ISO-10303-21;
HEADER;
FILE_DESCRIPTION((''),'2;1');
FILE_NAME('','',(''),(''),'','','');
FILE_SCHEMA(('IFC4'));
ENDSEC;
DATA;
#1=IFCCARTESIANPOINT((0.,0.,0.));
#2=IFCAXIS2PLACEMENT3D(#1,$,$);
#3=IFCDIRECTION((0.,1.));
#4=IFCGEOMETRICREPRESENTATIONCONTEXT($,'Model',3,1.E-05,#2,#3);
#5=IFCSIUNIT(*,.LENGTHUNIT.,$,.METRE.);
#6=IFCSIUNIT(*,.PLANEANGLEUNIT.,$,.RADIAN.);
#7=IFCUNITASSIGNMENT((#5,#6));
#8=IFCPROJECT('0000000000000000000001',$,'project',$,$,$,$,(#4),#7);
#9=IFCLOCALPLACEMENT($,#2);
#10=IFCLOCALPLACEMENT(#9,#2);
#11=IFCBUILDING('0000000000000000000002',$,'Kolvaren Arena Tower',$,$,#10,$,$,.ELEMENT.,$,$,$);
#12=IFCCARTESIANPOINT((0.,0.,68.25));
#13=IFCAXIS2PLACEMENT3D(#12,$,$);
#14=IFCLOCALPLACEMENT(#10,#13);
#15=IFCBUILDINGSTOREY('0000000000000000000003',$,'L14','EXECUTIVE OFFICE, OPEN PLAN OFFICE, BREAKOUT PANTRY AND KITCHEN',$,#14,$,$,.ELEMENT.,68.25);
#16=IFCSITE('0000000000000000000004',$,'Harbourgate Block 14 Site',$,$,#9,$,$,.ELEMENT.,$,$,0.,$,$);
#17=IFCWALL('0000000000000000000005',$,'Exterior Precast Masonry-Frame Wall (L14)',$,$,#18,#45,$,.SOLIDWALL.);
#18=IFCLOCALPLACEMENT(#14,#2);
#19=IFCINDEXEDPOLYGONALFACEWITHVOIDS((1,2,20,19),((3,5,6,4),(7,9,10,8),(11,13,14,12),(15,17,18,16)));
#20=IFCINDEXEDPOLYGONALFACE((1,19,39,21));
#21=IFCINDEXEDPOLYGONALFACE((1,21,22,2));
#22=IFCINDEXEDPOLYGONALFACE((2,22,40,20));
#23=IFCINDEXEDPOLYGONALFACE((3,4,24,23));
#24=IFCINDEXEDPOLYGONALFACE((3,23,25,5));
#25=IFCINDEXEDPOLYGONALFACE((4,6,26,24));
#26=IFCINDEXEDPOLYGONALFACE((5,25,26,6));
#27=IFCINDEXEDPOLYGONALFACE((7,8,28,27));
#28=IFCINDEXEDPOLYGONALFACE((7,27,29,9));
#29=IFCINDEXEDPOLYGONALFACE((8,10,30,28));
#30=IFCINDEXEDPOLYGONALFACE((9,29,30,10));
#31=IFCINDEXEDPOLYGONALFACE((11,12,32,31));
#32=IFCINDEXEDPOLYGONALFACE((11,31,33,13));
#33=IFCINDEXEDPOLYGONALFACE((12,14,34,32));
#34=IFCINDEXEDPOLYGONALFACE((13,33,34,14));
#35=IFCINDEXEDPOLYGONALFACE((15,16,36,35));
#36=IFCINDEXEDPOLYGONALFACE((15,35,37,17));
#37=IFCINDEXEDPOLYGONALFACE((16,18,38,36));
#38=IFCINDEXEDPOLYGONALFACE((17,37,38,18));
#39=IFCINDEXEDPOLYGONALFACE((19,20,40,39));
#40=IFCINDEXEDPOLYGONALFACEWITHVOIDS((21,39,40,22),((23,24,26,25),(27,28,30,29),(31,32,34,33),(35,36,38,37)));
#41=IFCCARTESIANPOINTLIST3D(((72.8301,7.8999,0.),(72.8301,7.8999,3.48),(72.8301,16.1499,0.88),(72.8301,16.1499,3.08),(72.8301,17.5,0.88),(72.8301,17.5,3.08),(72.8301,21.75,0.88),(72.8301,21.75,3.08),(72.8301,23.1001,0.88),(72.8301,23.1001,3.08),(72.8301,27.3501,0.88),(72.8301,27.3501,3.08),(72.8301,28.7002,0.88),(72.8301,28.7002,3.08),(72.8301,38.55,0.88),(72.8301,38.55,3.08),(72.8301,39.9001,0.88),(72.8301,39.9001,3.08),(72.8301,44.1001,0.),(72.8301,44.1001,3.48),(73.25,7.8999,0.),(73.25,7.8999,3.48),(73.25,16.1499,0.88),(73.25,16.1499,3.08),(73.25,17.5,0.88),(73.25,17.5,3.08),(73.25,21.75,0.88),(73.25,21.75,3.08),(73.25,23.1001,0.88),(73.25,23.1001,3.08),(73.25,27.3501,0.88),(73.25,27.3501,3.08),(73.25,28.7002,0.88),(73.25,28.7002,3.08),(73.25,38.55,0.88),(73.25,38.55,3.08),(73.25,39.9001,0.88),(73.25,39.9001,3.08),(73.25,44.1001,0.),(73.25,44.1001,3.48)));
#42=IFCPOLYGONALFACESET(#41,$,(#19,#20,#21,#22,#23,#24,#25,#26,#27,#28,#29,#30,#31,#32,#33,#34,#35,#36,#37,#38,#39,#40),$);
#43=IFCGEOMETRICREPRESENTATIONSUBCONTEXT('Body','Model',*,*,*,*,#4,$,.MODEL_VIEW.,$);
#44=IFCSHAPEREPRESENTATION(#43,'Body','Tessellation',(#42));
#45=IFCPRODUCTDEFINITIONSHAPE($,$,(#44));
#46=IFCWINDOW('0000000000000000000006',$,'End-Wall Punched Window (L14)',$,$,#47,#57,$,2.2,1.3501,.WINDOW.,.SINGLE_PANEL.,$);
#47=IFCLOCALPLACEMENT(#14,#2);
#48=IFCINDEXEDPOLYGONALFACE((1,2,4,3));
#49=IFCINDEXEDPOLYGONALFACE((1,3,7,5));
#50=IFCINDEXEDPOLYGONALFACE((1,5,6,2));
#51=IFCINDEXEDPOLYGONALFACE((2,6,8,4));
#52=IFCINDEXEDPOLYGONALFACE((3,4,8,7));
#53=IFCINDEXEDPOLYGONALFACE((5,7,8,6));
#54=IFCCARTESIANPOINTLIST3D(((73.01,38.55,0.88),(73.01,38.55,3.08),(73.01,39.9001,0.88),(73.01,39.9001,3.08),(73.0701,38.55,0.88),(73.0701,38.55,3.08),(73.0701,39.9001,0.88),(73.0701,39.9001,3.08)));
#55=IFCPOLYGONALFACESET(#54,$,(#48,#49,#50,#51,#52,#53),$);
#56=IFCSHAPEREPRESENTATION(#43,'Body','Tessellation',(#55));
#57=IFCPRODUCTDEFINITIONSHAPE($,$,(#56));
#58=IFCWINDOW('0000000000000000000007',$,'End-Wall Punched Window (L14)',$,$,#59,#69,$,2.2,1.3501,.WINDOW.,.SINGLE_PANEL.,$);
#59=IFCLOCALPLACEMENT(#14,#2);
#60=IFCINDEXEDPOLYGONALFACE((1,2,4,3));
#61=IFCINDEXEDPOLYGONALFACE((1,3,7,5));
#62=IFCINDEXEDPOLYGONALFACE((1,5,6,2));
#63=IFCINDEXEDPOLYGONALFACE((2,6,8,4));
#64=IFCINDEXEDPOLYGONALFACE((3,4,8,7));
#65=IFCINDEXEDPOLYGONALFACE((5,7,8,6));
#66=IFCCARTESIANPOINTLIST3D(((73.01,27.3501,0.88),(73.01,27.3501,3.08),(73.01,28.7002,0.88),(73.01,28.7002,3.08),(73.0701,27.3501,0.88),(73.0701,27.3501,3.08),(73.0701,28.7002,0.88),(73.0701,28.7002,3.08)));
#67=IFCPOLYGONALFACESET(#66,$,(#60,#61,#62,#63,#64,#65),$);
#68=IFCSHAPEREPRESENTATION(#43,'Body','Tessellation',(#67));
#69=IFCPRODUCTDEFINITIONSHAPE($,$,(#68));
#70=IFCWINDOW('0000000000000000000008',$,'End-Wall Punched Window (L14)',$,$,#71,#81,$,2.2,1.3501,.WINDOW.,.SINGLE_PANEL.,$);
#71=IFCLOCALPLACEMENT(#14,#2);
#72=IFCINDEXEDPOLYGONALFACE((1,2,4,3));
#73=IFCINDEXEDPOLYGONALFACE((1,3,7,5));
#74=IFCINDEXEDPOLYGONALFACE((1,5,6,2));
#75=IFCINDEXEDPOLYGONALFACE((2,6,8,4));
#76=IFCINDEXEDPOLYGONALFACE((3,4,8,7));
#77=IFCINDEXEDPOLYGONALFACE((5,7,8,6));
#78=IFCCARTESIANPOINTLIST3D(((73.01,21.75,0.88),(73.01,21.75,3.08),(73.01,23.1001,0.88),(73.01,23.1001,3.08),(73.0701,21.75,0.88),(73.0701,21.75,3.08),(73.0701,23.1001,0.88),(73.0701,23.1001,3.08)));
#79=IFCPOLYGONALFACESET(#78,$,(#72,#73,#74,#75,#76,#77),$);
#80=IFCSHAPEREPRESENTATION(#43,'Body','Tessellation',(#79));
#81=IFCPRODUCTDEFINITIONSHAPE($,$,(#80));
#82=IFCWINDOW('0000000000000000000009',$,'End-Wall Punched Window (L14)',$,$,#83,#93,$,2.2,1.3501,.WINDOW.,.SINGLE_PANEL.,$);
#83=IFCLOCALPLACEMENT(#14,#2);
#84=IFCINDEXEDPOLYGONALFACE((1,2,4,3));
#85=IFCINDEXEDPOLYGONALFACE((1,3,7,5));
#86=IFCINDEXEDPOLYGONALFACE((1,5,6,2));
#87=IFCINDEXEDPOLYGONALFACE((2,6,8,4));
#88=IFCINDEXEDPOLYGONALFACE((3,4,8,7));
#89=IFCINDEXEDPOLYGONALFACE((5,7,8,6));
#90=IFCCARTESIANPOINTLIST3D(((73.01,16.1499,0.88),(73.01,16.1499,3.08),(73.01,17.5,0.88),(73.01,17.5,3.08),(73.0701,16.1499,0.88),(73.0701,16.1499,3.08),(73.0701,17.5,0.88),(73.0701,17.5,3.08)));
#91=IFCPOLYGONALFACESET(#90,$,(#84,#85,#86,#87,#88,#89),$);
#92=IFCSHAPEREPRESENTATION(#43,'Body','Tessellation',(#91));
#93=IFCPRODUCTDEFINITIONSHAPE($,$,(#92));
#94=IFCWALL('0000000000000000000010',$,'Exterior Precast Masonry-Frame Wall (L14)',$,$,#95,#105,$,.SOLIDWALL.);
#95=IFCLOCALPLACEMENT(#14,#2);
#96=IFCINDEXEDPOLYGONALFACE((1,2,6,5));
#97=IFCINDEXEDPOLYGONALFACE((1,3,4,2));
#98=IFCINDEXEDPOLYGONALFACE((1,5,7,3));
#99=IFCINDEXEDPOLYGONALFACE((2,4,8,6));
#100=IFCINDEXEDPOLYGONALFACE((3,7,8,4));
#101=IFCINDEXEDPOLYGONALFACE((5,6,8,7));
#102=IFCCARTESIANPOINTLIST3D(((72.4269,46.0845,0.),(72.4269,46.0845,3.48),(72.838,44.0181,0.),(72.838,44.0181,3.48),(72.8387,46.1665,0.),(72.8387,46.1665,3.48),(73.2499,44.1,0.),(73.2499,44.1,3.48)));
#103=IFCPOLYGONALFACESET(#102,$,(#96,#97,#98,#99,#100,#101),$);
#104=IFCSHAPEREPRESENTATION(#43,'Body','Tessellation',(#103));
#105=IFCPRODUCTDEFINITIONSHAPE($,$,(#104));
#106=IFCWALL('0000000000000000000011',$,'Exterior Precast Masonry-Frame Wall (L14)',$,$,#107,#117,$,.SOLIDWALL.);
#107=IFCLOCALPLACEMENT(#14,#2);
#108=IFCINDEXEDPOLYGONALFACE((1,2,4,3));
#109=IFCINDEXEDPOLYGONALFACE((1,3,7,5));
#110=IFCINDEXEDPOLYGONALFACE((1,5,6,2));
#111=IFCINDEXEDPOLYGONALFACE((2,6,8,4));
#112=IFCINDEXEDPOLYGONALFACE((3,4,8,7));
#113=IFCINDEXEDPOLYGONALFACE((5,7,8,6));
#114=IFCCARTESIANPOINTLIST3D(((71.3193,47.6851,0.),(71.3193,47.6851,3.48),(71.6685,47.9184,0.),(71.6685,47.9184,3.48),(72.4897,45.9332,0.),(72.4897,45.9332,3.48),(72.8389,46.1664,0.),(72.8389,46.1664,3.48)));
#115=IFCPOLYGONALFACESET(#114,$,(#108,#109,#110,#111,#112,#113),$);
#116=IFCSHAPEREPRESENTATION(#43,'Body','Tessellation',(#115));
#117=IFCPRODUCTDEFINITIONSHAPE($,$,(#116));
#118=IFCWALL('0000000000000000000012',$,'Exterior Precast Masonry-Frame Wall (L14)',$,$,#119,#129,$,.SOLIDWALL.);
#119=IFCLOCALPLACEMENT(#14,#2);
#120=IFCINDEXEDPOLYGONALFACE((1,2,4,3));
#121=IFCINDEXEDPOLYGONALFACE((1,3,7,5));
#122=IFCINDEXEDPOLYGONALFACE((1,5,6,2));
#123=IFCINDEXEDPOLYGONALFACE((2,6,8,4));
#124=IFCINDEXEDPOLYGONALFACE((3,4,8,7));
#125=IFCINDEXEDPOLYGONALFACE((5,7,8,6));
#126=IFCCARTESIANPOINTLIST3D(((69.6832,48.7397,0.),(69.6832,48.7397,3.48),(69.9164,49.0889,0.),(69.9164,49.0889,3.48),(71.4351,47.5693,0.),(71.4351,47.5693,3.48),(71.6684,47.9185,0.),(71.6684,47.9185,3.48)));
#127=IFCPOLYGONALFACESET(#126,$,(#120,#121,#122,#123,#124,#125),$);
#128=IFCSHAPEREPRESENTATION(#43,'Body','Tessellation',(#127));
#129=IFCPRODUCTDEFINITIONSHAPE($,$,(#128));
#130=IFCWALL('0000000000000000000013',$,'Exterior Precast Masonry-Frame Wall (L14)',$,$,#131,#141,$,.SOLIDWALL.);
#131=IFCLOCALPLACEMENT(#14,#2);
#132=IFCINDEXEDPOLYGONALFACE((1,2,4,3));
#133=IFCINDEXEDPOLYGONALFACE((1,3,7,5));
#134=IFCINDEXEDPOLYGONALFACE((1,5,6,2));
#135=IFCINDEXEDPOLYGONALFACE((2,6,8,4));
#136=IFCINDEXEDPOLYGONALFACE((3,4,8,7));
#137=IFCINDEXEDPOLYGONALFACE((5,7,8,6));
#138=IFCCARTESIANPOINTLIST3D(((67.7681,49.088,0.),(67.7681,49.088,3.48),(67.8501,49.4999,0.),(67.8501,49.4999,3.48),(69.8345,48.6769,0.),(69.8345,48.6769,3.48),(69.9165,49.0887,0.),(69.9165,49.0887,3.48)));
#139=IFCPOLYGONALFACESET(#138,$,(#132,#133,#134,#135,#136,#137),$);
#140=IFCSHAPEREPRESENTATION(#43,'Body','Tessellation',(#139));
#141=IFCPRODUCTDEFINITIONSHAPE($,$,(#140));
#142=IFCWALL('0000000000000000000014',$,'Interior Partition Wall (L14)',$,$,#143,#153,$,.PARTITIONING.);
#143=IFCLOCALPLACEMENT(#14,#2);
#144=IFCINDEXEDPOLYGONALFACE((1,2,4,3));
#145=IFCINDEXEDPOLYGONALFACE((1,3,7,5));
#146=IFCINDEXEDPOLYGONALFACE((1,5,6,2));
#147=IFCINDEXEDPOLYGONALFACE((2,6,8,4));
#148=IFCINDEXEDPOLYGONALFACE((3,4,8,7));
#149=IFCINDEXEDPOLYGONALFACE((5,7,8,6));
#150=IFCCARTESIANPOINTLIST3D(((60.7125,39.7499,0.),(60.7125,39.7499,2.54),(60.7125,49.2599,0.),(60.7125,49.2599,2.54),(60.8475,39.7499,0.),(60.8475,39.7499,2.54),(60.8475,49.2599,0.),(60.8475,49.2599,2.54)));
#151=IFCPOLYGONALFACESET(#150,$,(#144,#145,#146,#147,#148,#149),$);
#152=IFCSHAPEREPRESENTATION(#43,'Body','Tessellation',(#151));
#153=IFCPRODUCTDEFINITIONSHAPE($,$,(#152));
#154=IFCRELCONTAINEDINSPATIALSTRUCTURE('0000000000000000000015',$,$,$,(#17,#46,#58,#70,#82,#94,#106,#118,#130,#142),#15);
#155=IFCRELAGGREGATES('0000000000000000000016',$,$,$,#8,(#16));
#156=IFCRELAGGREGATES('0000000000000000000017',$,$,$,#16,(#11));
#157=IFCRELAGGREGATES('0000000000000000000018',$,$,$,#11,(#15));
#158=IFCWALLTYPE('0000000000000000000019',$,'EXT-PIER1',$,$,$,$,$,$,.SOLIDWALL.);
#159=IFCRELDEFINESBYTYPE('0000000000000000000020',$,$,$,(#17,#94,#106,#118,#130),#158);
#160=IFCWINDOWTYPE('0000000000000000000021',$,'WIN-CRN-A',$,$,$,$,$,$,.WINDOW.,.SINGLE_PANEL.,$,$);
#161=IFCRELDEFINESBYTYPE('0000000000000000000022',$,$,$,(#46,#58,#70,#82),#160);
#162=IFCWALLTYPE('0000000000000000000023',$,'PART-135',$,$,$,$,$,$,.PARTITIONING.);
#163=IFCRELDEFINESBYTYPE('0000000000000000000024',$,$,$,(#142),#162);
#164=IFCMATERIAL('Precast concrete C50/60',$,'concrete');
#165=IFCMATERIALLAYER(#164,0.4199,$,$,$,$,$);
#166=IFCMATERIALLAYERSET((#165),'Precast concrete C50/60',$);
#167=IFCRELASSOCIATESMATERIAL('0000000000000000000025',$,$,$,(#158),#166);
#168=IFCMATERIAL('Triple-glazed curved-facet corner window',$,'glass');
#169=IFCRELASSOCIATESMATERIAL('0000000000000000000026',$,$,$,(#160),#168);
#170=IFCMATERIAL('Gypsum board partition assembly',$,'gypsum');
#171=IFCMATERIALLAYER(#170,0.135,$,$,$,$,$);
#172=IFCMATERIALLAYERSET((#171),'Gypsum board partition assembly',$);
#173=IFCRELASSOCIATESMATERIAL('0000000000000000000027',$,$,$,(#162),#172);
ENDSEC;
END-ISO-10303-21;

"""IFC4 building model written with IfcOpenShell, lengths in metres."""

from ifc_helpers import new_model, si_unit, direction, frame, frame_2d, origin, place, context, subcontext, project, spatial, rectangle, extrude, material, layer, layer_set, type_object, element, fill, save


model = new_model("IFC4")

# Units and contexts
model_context = context("Model", 3, precision=1e-05, world=origin(), true_north=direction((0.0, 1.0)))
body_context = subcontext(model_context, "Body", "Model", "MODEL_VIEW")
ifc_project = project(units=[si_unit("LENGTHUNIT", "METRE"), si_unit("PLANEANGLEUNIT", "RADIAN")], contexts=[model_context])

# Site, building, storey
site_placement = place(None, origin())
site = spatial("IfcSite", under=ifc_project, at=site_placement, Name="Harbourgate Block 14 Site", CompositionType="ELEMENT", RefElevation=0.0)
building_placement = place(site_placement, origin())
building = spatial("IfcBuilding", under=site, at=building_placement, Name="Kolvaren Arena Tower", CompositionType="ELEMENT")
storey_placement = place(building_placement, frame((0.0, 0.0, 68.25)))
storey = spatial("IfcBuildingStorey", under=building, at=storey_placement, Name="L14", Description="EXECUTIVE OFFICE, OPEN PLAN OFFICE, BREAKOUT PANTRY AND KITCHEN", CompositionType="ELEMENT", Elevation=68.25)

# Wall, openings, windows
ifc_material_1 = material(Name="Precast concrete C50/60", Category="concrete")
ifc_layer_1 = layer(ifc_material_1, 0.4199)
ifc_layer_set_1 = layer_set([ifc_layer_1], Name="Precast concrete C50/60")
wall_type_1 = type_object("IfcWallType", Name="EXT-PIER1", PredefinedType="SOLIDWALL", material=ifc_layer_set_1)
wall_1_placement = place(storey_placement, frame((73.04, 44.1001, 0.0), z_axis=(0.0, 0.0, 1.0), x_axis=(0.0, -1.0, 0.0)))
wall_1 = element("IfcWall", 1, at=wall_1_placement, inside=storey, type_object=wall_type_1, Name="Exterior Precast Masonry-Frame Wall (L14)", PredefinedType="SOLIDWALL", context=body_context, shape_type="SweptSolid", body=[
    extrude(rectangle(XDim=36.2002, YDim=0.4199, at=frame_2d((18.1001, 0.0))), origin(), (0.0, 0.0, 1.0), 3.48),
])
opening_1_placement = place(wall_1_placement, frame((4.2, 0.0, 0.8799)))
opening_1 = element("IfcOpeningElement", 2, at=opening_1_placement, cuts=wall_1, PredefinedType="OPENING", context=body_context, shape_type="SweptSolid", body=[
    extrude(rectangle(XDim=1.3501, YDim=2.2, at=frame_2d((0.675, 1.1001))), frame((0.0, 0.22, 0.0), z_axis=(0.0, -1.0, 0.0), x_axis=(1.0, 0.0, 0.0)), (0.0, 0.0, 1.0), 0.4399),
])
opening_2_placement = place(wall_1_placement, frame((15.3999, 0.0, 0.8799)))
opening_2 = element("IfcOpeningElement", 3, at=opening_2_placement, cuts=wall_1, PredefinedType="OPENING", context=body_context, shape_type="SweptSolid", body=[
    extrude(rectangle(XDim=1.3501, YDim=2.2, at=frame_2d((0.675, 1.1001))), frame((0.0, 0.22, 0.0), z_axis=(0.0, -1.0, 0.0), x_axis=(1.0, 0.0, 0.0)), (0.0, 0.0, 1.0), 0.4399),
])
opening_3_placement = place(wall_1_placement, frame((21.0, 0.0, 0.8799)))
opening_3 = element("IfcOpeningElement", 4, at=opening_3_placement, cuts=wall_1, PredefinedType="OPENING", context=body_context, shape_type="SweptSolid", body=[
    extrude(rectangle(XDim=1.3501, YDim=2.2, at=frame_2d((0.675, 1.1001))), frame((0.0, 0.22, 0.0), z_axis=(0.0, -1.0, 0.0), x_axis=(1.0, 0.0, 0.0)), (0.0, 0.0, 1.0), 0.4399),
])
opening_4_placement = place(wall_1_placement, frame((26.6001, 0.0, 0.8799)))
opening_4 = element("IfcOpeningElement", 5, at=opening_4_placement, cuts=wall_1, PredefinedType="OPENING", context=body_context, shape_type="SweptSolid", body=[
    extrude(rectangle(XDim=1.3501, YDim=2.2, at=frame_2d((0.675, 1.1001))), frame((0.0, 0.22, 0.0), z_axis=(0.0, -1.0, 0.0), x_axis=(1.0, 0.0, 0.0)), (0.0, 0.0, 1.0), 0.4399),
])
ifc_material_2 = material(Name="Triple-glazed curved-facet corner window", Category="glass")
window_type = type_object("IfcWindowType", Name="WIN-CRN-A", PartitioningType="SINGLE_PANEL", PredefinedType="WINDOW", material=ifc_material_2)
window_1_placement = place(opening_1_placement, origin())
window_1 = element("IfcWindow", 6, at=window_1_placement, inside=storey, type_object=window_type, Name="End-Wall Punched Window (L14)", OverallHeight=2.2, OverallWidth=1.3501, PartitioningType="SINGLE_PANEL", PredefinedType="WINDOW", context=body_context, shape_type="SweptSolid", body=[
    extrude(rectangle(XDim=1.3501, YDim=2.2, at=frame_2d((0.675, 1.1001))), frame((0.0, 0.03, 0.0), z_axis=(0.0, -1.0, 0.0), x_axis=(1.0, 0.0, 0.0)), (0.0, 0.0, 1.0), 0.0601),
])
fill(opening_1, window_1)
window_2_placement = place(opening_2_placement, origin())
window_2 = element("IfcWindow", 7, at=window_2_placement, inside=storey, type_object=window_type, Name="End-Wall Punched Window (L14)", OverallHeight=2.2, OverallWidth=1.3501, PartitioningType="SINGLE_PANEL", PredefinedType="WINDOW", context=body_context, shape_type="SweptSolid", body=[
    extrude(rectangle(XDim=1.3501, YDim=2.2, at=frame_2d((0.675, 1.1001))), frame((0.0, 0.03, 0.0), z_axis=(0.0, -1.0, 0.0), x_axis=(1.0, 0.0, 0.0)), (0.0, 0.0, 1.0), 0.0601),
])
fill(opening_2, window_2)
window_3_placement = place(opening_3_placement, origin())
window_3 = element("IfcWindow", 8, at=window_3_placement, inside=storey, type_object=window_type, Name="End-Wall Punched Window (L14)", OverallHeight=2.2, OverallWidth=1.3501, PartitioningType="SINGLE_PANEL", PredefinedType="WINDOW", context=body_context, shape_type="SweptSolid", body=[
    extrude(rectangle(XDim=1.3501, YDim=2.2, at=frame_2d((0.675, 1.1001))), frame((0.0, 0.03, 0.0), z_axis=(0.0, -1.0, 0.0), x_axis=(1.0, 0.0, 0.0)), (0.0, 0.0, 1.0), 0.0601),
])
fill(opening_3, window_3)
window_4_placement = place(opening_4_placement, origin())
window_4 = element("IfcWindow", 9, at=window_4_placement, inside=storey, type_object=window_type, Name="End-Wall Punched Window (L14)", OverallHeight=2.2, OverallWidth=1.3501, PartitioningType="SINGLE_PANEL", PredefinedType="WINDOW", context=body_context, shape_type="SweptSolid", body=[
    extrude(rectangle(XDim=1.3501, YDim=2.2, at=frame_2d((0.675, 1.1001))), frame((0.0, 0.03, 0.0), z_axis=(0.0, -1.0, 0.0), x_axis=(1.0, 0.0, 0.0)), (0.0, 0.0, 1.0), 0.0601),
])
fill(opening_4, window_4)

# Walls
for number, where, z_axis, x_axis, name in (
    (10, (72.6328, 46.1255, 0.0), (0.0, 0.0, 1.0), (0.195136, -0.980776, 0.0), "Exterior Precast Masonry-Frame Wall (L14)"),
    (11, (71.4939, 47.8018, 0.0), (0.0, 0.0, 1.0), (0.555502, -0.831515, 0.0), "Exterior Precast Masonry-Frame Wall (L14)"),
    (12, (69.7998, 48.9143, 0.0), (0.0, 0.0, 1.0), (0.831515, -0.555502, 0.0), "Exterior Precast Masonry-Frame Wall (L14)"),
    (13, (67.8091, 49.2939, 0.0), (0.0, 0.0, 1.0), (0.980776, -0.195136, 0.0), "Exterior Precast Masonry-Frame Wall (L14)"),
):
    element("IfcWall", number, at=place(storey_placement, frame(where, z_axis=z_axis, x_axis=x_axis)), inside=storey, type_object=wall_type_1, Name=name, PredefinedType="SOLIDWALL", context=body_context, shape_type="SweptSolid", body=[
        extrude(rectangle(XDim=2.1069, YDim=0.4199, at=frame_2d((1.0535, 0.0))), origin(), (0.0, 0.0, 1.0), 3.48),
    ])
ifc_material_3 = material(Name="Gypsum board partition assembly", Category="gypsum")
ifc_layer_2 = layer(ifc_material_3, 0.135)
ifc_layer_set_2 = layer_set([ifc_layer_2], Name="Gypsum board partition assembly")
wall_type_2 = type_object("IfcWallType", Name="PART-135", PredefinedType="PARTITIONING", material=ifc_layer_set_2)
wall_2_placement = place(storey_placement, frame((60.78, 39.75, 0.0), z_axis=(0.0, 0.0, 1.0), x_axis=(0.0, 1.0, 0.0)))
element("IfcWall", 14, at=wall_2_placement, inside=storey, type_object=wall_type_2, Name="Interior Partition Wall (L14)", PredefinedType="PARTITIONING", context=body_context, shape_type="SweptSolid", body=[
    extrude(rectangle(XDim=9.51, YDim=0.135, at=frame_2d((4.7549, 0.0))), origin(), (0.0, 0.0, 1.0), 2.54),
])

save(model, "model.ifc")
